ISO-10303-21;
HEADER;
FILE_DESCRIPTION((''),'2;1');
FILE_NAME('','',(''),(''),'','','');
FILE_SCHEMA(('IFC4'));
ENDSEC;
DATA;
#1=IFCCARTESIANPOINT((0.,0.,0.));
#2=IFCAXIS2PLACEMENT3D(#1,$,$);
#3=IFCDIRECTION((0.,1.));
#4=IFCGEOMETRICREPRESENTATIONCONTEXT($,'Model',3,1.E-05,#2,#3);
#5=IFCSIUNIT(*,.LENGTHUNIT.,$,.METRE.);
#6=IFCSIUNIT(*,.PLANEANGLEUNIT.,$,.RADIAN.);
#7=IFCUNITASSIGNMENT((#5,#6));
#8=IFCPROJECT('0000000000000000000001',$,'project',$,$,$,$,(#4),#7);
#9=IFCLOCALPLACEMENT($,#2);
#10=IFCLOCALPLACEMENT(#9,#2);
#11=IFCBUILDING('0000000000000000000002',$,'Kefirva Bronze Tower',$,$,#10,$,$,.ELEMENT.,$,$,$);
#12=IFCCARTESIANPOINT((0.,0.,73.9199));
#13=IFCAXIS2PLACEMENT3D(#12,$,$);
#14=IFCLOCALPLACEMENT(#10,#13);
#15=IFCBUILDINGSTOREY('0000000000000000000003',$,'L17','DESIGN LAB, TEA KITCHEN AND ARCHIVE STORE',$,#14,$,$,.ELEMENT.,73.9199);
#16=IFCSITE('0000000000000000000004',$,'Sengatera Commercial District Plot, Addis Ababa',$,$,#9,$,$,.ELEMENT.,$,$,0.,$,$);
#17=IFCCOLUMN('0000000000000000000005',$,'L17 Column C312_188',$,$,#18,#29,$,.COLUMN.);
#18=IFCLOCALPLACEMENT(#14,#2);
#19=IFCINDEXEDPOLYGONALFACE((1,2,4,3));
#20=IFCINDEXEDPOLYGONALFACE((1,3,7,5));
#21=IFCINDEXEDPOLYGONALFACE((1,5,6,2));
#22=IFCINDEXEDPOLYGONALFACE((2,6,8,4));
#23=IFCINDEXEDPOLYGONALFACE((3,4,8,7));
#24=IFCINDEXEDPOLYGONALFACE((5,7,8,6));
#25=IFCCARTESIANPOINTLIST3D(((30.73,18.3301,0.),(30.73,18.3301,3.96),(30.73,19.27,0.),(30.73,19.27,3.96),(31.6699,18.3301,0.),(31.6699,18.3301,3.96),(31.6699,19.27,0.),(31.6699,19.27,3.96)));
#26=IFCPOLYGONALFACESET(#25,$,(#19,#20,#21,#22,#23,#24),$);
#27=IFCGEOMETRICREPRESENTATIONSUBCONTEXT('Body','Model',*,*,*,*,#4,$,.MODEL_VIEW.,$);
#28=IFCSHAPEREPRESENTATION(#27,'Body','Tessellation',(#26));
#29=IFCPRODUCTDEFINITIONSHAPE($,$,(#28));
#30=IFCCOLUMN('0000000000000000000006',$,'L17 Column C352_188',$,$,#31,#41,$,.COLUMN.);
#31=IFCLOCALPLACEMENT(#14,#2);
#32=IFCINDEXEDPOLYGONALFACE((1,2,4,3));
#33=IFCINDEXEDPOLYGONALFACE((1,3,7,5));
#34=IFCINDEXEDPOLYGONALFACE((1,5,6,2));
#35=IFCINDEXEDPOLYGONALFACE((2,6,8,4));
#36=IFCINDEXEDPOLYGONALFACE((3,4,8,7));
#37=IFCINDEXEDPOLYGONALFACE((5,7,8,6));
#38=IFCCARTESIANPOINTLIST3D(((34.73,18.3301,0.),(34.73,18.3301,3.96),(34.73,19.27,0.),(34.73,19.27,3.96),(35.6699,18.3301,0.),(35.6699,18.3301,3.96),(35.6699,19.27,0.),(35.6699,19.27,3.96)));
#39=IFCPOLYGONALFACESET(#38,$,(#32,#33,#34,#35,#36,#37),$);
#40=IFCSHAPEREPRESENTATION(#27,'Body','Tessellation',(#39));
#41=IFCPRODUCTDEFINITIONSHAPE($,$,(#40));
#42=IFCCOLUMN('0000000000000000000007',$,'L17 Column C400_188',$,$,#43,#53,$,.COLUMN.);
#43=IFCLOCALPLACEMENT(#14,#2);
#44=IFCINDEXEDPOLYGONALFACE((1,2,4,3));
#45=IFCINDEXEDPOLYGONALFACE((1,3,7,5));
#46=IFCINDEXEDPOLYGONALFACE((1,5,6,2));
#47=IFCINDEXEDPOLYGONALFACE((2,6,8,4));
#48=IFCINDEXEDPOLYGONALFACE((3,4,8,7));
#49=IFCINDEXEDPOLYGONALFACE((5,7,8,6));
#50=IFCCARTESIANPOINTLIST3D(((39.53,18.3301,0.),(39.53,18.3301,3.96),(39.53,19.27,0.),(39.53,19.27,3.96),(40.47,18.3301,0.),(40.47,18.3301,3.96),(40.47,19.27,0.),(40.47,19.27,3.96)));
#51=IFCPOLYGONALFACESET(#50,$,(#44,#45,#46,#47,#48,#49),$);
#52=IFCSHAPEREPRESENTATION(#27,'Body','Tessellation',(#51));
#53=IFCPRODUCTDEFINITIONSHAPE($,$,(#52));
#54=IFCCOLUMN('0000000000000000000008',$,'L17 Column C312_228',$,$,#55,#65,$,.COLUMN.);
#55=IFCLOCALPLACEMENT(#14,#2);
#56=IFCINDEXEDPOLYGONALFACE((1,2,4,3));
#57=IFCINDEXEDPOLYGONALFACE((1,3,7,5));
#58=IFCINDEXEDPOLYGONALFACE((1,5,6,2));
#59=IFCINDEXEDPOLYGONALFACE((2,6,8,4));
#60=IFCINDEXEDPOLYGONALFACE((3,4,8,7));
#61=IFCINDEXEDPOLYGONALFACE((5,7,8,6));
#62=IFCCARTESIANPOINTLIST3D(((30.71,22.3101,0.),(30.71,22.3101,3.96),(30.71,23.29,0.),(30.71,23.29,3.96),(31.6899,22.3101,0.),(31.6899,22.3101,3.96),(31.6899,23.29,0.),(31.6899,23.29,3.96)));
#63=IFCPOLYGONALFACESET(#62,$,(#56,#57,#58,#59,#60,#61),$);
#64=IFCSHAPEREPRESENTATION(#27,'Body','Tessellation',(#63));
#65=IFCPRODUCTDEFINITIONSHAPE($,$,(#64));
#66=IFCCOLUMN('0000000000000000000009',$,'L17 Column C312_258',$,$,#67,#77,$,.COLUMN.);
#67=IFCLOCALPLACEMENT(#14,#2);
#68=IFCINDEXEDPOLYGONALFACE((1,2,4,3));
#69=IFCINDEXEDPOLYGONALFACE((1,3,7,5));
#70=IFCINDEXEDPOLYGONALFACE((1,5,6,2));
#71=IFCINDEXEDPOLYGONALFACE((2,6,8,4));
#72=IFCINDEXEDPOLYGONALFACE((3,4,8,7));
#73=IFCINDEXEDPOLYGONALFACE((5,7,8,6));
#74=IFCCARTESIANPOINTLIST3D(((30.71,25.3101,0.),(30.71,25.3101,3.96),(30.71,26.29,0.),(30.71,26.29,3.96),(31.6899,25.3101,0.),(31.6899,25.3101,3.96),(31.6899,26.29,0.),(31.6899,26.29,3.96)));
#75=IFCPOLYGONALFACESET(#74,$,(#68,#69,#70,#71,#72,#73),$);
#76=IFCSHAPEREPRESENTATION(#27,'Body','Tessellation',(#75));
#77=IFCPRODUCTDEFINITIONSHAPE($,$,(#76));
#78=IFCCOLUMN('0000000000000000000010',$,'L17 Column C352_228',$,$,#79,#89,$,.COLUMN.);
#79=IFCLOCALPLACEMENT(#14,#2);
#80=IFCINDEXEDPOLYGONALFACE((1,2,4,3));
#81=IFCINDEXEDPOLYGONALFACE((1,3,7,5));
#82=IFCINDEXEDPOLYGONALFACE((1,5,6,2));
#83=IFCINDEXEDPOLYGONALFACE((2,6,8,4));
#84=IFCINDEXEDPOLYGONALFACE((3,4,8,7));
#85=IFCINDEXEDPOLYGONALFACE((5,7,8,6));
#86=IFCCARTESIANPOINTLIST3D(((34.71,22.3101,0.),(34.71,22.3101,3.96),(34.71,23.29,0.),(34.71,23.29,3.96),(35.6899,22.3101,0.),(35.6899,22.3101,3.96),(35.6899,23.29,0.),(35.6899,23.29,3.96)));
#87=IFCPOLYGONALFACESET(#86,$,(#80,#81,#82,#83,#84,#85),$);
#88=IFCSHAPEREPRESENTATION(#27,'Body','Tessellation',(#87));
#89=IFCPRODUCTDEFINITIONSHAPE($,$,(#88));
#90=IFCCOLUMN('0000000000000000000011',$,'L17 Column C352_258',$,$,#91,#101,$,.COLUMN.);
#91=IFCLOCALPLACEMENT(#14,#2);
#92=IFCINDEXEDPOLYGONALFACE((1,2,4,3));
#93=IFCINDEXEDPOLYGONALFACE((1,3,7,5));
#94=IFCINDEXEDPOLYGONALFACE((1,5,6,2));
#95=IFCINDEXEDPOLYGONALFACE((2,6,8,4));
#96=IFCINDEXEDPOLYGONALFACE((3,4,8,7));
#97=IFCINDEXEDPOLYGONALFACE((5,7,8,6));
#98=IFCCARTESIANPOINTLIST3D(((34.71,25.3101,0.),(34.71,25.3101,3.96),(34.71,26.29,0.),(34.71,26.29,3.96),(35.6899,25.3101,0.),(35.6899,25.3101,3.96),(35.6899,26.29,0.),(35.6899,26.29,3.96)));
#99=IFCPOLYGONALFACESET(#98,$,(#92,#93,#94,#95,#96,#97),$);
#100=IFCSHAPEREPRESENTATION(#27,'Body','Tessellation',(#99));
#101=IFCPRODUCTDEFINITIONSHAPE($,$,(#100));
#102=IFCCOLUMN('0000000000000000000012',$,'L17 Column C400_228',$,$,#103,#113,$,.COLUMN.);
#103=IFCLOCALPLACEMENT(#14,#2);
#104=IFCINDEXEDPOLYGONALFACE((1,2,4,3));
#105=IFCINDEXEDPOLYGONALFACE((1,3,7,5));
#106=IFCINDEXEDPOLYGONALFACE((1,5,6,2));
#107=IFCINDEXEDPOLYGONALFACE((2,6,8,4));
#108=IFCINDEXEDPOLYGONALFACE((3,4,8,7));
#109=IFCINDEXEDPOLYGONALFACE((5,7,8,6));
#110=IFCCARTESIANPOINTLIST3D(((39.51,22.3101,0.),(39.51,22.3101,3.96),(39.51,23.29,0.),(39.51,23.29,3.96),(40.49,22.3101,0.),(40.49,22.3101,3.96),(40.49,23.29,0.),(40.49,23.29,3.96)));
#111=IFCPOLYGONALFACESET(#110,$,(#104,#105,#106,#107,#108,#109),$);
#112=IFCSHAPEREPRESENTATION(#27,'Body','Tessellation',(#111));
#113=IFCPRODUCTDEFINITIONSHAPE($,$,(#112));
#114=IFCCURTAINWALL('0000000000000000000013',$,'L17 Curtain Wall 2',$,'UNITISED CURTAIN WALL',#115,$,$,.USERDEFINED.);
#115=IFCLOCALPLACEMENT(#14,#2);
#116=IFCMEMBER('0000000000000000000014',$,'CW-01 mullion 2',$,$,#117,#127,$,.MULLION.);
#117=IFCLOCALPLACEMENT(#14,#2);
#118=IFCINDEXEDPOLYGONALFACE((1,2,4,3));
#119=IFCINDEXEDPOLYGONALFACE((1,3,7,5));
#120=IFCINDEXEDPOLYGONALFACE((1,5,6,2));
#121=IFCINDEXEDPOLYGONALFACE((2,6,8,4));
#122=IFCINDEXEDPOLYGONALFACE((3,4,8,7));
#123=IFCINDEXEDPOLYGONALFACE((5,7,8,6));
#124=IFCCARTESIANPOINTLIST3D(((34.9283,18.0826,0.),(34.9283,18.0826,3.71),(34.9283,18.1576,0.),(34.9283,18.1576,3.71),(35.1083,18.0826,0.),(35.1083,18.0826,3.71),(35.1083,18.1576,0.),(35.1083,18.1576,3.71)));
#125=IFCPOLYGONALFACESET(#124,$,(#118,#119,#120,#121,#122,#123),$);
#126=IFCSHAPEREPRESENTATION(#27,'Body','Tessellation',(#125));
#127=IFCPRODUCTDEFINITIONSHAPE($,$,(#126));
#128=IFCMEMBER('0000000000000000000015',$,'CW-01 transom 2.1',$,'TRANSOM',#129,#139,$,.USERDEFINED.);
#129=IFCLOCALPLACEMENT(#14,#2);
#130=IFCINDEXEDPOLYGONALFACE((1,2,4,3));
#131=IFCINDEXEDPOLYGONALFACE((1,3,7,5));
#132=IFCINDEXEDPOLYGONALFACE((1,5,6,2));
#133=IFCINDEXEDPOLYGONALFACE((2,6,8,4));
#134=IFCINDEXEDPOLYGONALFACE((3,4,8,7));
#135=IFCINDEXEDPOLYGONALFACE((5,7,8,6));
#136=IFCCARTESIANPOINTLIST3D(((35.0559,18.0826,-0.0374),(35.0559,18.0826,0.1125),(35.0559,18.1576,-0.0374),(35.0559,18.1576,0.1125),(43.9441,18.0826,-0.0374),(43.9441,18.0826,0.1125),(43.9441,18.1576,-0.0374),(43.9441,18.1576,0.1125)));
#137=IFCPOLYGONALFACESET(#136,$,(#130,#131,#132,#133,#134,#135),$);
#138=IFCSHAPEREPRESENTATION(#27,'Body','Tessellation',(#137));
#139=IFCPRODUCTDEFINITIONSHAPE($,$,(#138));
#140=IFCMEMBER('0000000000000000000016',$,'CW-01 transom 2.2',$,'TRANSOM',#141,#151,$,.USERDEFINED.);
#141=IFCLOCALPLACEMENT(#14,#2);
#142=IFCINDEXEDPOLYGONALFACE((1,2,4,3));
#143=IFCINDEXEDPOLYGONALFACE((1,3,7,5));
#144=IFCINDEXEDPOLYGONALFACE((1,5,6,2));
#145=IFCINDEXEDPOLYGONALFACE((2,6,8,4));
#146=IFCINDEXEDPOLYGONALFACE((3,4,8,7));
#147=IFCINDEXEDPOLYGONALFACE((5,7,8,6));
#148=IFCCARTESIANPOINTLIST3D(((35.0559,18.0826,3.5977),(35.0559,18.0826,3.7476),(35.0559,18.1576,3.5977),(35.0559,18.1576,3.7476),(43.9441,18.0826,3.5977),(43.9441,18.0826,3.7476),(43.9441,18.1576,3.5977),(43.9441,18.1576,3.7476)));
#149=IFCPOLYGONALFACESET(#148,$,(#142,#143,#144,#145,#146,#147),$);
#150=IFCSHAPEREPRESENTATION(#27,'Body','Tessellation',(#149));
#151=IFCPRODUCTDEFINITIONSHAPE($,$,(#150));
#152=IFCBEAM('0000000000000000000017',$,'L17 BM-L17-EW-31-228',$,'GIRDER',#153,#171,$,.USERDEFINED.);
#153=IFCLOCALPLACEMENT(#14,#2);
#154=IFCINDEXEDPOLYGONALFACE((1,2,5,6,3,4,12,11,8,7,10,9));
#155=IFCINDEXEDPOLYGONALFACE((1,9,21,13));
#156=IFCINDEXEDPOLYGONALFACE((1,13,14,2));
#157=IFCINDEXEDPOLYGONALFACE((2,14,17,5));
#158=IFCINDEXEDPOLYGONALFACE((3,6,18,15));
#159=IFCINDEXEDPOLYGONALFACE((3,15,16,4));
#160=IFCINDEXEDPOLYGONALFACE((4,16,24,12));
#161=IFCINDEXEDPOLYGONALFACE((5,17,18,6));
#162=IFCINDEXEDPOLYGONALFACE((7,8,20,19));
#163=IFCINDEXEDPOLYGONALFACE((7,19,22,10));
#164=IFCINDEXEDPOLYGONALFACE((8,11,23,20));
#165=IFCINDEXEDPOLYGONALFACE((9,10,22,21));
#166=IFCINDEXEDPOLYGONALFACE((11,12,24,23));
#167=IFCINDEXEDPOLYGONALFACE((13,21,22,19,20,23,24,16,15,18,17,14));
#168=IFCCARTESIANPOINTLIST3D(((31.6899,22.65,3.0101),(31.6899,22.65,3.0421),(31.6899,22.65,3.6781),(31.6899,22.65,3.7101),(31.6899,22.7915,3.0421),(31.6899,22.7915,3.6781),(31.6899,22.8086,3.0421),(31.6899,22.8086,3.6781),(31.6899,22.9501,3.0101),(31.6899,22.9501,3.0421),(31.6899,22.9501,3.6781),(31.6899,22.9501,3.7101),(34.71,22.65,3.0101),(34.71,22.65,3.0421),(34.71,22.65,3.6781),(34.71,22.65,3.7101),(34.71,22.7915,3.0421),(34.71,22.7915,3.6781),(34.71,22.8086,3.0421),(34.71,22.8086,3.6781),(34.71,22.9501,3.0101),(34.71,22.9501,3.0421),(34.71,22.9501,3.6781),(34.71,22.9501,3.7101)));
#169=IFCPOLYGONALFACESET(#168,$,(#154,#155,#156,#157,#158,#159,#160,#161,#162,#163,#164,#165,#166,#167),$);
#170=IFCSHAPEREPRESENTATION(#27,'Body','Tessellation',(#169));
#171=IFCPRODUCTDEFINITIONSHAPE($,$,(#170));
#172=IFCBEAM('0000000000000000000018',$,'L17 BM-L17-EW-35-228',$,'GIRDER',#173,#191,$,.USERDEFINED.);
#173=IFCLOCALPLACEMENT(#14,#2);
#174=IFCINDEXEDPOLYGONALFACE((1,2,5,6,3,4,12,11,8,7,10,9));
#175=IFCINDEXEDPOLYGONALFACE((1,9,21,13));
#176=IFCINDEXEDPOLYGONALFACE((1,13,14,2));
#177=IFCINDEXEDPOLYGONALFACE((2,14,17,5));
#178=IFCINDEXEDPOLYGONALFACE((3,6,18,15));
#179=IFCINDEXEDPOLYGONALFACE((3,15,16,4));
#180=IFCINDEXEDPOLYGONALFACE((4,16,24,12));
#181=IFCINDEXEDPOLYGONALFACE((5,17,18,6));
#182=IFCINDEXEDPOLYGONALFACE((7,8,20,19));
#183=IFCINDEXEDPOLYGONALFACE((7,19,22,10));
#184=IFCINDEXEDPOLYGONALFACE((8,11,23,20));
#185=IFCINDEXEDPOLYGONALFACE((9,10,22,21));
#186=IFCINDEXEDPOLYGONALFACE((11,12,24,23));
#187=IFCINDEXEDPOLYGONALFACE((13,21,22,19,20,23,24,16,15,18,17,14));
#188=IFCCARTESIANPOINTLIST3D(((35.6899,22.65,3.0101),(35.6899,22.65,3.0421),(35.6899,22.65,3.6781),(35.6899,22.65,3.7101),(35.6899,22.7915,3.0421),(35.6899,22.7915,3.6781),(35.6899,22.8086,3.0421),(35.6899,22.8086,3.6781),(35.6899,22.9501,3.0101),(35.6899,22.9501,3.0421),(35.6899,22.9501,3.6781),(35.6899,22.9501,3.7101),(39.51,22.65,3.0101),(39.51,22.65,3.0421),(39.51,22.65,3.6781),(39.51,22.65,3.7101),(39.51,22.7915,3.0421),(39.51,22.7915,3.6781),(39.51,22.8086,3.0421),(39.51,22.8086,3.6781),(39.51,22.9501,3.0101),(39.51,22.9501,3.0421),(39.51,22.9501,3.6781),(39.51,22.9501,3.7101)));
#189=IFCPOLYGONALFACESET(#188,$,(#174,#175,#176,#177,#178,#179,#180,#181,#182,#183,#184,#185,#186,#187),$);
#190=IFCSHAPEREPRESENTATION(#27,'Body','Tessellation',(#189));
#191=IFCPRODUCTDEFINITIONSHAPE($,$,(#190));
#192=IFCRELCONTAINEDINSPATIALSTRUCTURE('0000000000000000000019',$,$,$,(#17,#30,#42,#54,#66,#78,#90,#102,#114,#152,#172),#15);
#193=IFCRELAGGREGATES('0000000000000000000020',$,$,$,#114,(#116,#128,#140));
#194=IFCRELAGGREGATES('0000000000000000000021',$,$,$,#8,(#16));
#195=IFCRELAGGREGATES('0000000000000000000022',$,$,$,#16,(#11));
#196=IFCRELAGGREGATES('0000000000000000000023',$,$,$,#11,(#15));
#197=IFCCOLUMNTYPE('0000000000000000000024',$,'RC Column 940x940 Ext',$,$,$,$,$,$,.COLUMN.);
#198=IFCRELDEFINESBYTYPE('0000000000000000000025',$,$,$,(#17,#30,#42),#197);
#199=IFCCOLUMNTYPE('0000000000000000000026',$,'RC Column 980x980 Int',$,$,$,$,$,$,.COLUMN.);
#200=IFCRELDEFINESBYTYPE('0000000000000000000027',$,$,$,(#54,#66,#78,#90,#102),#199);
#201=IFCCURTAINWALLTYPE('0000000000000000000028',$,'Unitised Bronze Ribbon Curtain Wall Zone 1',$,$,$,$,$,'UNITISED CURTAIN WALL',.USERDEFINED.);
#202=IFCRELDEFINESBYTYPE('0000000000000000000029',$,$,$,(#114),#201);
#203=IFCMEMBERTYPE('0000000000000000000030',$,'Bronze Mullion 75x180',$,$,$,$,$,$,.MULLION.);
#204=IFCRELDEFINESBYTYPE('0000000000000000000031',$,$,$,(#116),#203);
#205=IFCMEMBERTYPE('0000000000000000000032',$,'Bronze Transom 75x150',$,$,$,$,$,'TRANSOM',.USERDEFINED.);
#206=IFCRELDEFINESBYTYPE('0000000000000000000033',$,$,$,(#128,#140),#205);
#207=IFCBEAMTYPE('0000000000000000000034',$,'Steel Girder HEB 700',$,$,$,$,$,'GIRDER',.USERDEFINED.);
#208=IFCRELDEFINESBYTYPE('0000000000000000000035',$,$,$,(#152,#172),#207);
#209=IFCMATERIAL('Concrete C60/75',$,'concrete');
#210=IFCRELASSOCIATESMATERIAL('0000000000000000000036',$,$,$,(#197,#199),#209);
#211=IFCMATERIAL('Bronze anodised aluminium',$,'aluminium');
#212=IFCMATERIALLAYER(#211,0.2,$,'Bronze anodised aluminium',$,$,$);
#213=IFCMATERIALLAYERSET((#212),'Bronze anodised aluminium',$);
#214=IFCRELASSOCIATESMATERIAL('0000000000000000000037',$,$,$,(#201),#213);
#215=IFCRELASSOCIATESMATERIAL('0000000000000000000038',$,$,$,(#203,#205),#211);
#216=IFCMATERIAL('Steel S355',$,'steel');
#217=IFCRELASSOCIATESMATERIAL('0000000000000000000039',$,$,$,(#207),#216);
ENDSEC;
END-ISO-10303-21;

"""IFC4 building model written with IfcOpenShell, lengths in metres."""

from ifc_helpers import new_model, si_unit, direction, frame, origin, origin_2d, place, context, subcontext, project, spatial, rectangle, i_section, extrude, material, layer, layer_set, material_profile, profile_set, type_object, element, aggregate, save


model = new_model("IFC4")

# Units and contexts
model_context = context("Model", 3, precision=1e-05, world=origin(), true_north=direction((0.0, 1.0)))
body_context = subcontext(model_context, "Body", "Model", "MODEL_VIEW")
ifc_project = project(units=[si_unit("LENGTHUNIT", "METRE"), si_unit("PLANEANGLEUNIT", "RADIAN")], contexts=[model_context])

# Site, building, storey
site_placement = place(None, origin())
site = spatial("IfcSite", under=ifc_project, at=site_placement, Name="Sengatera Commercial District Plot, Addis Ababa", CompositionType="ELEMENT", RefElevation=0.0)
building_placement = place(site_placement, origin())
building = spatial("IfcBuilding", under=site, at=building_placement, Name="Kefirva Bronze Tower", CompositionType="ELEMENT")
storey_placement = place(building_placement, frame((0.0, 0.0, 73.9199)))
storey = spatial("IfcBuildingStorey", under=building, at=storey_placement, Name="L17", Description="DESIGN LAB, TEA KITCHEN AND ARCHIVE STORE", CompositionType="ELEMENT", Elevation=73.9199)

# Columns
ifc_material_1 = material(Name="Concrete C60/75", Category="concrete")
ifc_material_profile_1 = material_profile(ifc_material_1, rectangle(XDim=0.9399, YDim=0.9399, at=origin_2d()), Name="RC 940x940")
ifc_profile_set_1 = profile_set([ifc_material_profile_1], Name="Concrete C60/75")
column_type_1 = type_object("IfcColumnType", Name="RC Column 940x940 Ext", PredefinedType="COLUMN", material=ifc_profile_set_1)
for number, where, z_axis, x_axis, name in (
    (1, (31.2, 18.8, 0.0), (0.0, 0.0, 1.0), (1.0, 0.0, 0.0), "L17 Column C312_188"),
    (2, (35.2, 18.8, 0.0), (0.0, 0.0, 1.0), (1.0, 0.0, 0.0), "L17 Column C352_188"),
    (3, (40.0, 18.8, 0.0), (0.0, 0.0, 1.0), (1.0, 0.0, 0.0), "L17 Column C400_188"),
):
    element("IfcColumn", number, at=place(storey_placement, frame(where, z_axis=z_axis, x_axis=x_axis)), inside=storey, type_object=column_type_1, Name=name, PredefinedType="COLUMN", context=body_context, shape_type="SweptSolid", body=[
        extrude(rectangle(XDim=0.9399, YDim=0.9399, at=origin_2d()), origin(), (0.0, 0.0, 1.0), 3.96),
    ])
ifc_material_profile_2 = material_profile(ifc_material_1, rectangle(XDim=0.98, YDim=0.98, at=origin_2d()), Name="RC 980x980")
ifc_profile_set_2 = profile_set([ifc_material_profile_2], Name="Concrete C60/75")
column_type_2 = type_object("IfcColumnType", Name="RC Column 980x980 Int", PredefinedType="COLUMN", material=ifc_profile_set_2)
for number, where, z_axis, x_axis, name in (
    (4, (31.2, 22.8, 0.0), (0.0, 0.0, 1.0), (1.0, 0.0, 0.0), "L17 Column C312_228"),
    (5, (31.2, 25.8, 0.0), (0.0, 0.0, 1.0), (1.0, 0.0, 0.0), "L17 Column C312_258"),
    (6, (35.2, 22.8, 0.0), (0.0, 0.0, 1.0), (1.0, 0.0, 0.0), "L17 Column C352_228"),
    (7, (35.2, 25.8, 0.0), (0.0, 0.0, 1.0), (1.0, 0.0, 0.0), "L17 Column C352_258"),
    (8, (40.0, 22.8, 0.0), (0.0, 0.0, 1.0), (1.0, 0.0, 0.0), "L17 Column C400_228"),
):
    element("IfcColumn", number, at=place(storey_placement, frame(where, z_axis=z_axis, x_axis=x_axis)), inside=storey, type_object=column_type_2, Name=name, PredefinedType="COLUMN", context=body_context, shape_type="SweptSolid", body=[
        extrude(rectangle(XDim=0.98, YDim=0.98, at=origin_2d()), origin(), (0.0, 0.0, 1.0), 3.96),
    ])

# Curtain wall, members
ifc_material_2 = material(Name="Bronze anodised aluminium", Category="aluminium")
ifc_layer_1 = layer(ifc_material_2, 0.2, Name="Bronze anodised aluminium")
ifc_layer_set_1 = layer_set([ifc_layer_1], Name="Bronze anodised aluminium")
curtain_wall_type = type_object("IfcCurtainWallType", Name="Unitised Bronze Ribbon Curtain Wall Zone 1", ElementType="UNITISED CURTAIN WALL", PredefinedType="USERDEFINED", material=ifc_layer_set_1)
curtain_wall_placement = place(storey_placement, origin())
curtain_wall = element("IfcCurtainWall", 9, at=curtain_wall_placement, inside=storey, type_object=curtain_wall_type, Name="L17 Curtain Wall 2", ObjectType="UNITISED CURTAIN WALL", PredefinedType="USERDEFINED")
ifc_material_profile_3 = material_profile(ifc_material_2, rectangle(XDim=0.075, YDim=0.1799, at=origin_2d()), Name="ALU 75x180")
ifc_profile_set_3 = profile_set([ifc_material_profile_3], Name="Bronze anodised aluminium")
member_type_1 = type_object("IfcMemberType", Name="Bronze Mullion 75x180", PredefinedType="MULLION", material=ifc_profile_set_3)
member_1_placement = place(storey_placement, frame((35.0183, 18.1201, 0.0), z_axis=(0.0, 0.0, 1.0), x_axis=(0.0, 1.0, 0.0)))
member_1 = element("IfcMember", 10, at=member_1_placement, type_object=member_type_1, Name="CW-01 mullion 2", PredefinedType="MULLION", context=body_context, shape_type="SweptSolid", body=[
    extrude(rectangle(XDim=0.075, YDim=0.1799, at=origin_2d()), origin(), (0.0, 0.0, 1.0), 3.71),
])
ifc_material_profile_4 = material_profile(ifc_material_2, rectangle(XDim=0.075, YDim=0.1499, at=origin_2d()), Name="ALU 75x150")
ifc_profile_set_4 = profile_set([ifc_material_profile_4], Name="Bronze anodised aluminium")
member_type_2 = type_object("IfcMemberType", Name="Bronze Transom 75x150", ElementType="TRANSOM", PredefinedType="USERDEFINED", material=ifc_profile_set_4)
member_2_placement = place(storey_placement, frame((35.0559, 18.1201, 0.0376), z_axis=(1.0, 0.0, 0.0), x_axis=(0.0, 1.0, 0.0)))
member_2 = element("IfcMember", 11, at=member_2_placement, type_object=member_type_2, Name="CW-01 transom 2.1", ObjectType="TRANSOM", PredefinedType="USERDEFINED", context=body_context, shape_type="SweptSolid", body=[
    extrude(rectangle(XDim=0.075, YDim=0.1499, at=origin_2d()), origin(), (0.0, 0.0, 1.0), 8.8882),
])
member_3_placement = place(storey_placement, frame((35.0559, 18.1201, 3.6726), z_axis=(1.0, 0.0, 0.0), x_axis=(0.0, 1.0, 0.0)))
member_3 = element("IfcMember", 12, at=member_3_placement, type_object=member_type_2, Name="CW-01 transom 2.2", ObjectType="TRANSOM", PredefinedType="USERDEFINED", context=body_context, shape_type="SweptSolid", body=[
    extrude(rectangle(XDim=0.075, YDim=0.1499, at=origin_2d()), origin(), (0.0, 0.0, 1.0), 8.8882),
])

# Beams
ifc_material_3 = material(Name="Steel S355", Category="steel")
ifc_material_profile_5 = material_profile(ifc_material_3, i_section(OverallWidth=0.3, OverallDepth=0.7, WebThickness=0.0171, FlangeThickness=0.032, at=origin_2d()), Name="HEB 700")
ifc_profile_set_5 = profile_set([ifc_material_profile_5], Name="Steel S355")
beam_type_1 = type_object("IfcBeamType", Name="Steel Girder HEB 700", ElementType="GIRDER", PredefinedType="USERDEFINED", material=ifc_profile_set_5)
beam_1_placement = place(storey_placement, frame((31.6899, 22.8, 3.3601), z_axis=(1.0, 0.0, 0.0), x_axis=(0.0, 1.0, 0.0)))
element("IfcBeam", 13, at=beam_1_placement, inside=storey, type_object=beam_type_1, Name="L17 BM-L17-EW-31-228", ObjectType="GIRDER", PredefinedType="USERDEFINED", context=body_context, shape_type="SweptSolid", body=[
    extrude(i_section(OverallWidth=0.3, OverallDepth=0.7, WebThickness=0.0171, FlangeThickness=0.032, at=origin_2d()), origin(), (0.0, 0.0, 1.0), 3.02),
])
beam_2_placement = place(storey_placement, frame((35.6899, 22.8, 3.3601), z_axis=(1.0, 0.0, 0.0), x_axis=(0.0, 1.0, 0.0)))
element("IfcBeam", 14, at=beam_2_placement, inside=storey, type_object=beam_type_1, Name="L17 BM-L17-EW-35-228", ObjectType="GIRDER", PredefinedType="USERDEFINED", context=body_context, shape_type="SweptSolid", body=[
    extrude(i_section(OverallWidth=0.3, OverallDepth=0.7, WebThickness=0.0171, FlangeThickness=0.032, at=origin_2d()), origin(), (0.0, 0.0, 1.0), 3.8201),
])

aggregate(curtain_wall, [member_1, member_2, member_3])

save(model, "model.ifc")
